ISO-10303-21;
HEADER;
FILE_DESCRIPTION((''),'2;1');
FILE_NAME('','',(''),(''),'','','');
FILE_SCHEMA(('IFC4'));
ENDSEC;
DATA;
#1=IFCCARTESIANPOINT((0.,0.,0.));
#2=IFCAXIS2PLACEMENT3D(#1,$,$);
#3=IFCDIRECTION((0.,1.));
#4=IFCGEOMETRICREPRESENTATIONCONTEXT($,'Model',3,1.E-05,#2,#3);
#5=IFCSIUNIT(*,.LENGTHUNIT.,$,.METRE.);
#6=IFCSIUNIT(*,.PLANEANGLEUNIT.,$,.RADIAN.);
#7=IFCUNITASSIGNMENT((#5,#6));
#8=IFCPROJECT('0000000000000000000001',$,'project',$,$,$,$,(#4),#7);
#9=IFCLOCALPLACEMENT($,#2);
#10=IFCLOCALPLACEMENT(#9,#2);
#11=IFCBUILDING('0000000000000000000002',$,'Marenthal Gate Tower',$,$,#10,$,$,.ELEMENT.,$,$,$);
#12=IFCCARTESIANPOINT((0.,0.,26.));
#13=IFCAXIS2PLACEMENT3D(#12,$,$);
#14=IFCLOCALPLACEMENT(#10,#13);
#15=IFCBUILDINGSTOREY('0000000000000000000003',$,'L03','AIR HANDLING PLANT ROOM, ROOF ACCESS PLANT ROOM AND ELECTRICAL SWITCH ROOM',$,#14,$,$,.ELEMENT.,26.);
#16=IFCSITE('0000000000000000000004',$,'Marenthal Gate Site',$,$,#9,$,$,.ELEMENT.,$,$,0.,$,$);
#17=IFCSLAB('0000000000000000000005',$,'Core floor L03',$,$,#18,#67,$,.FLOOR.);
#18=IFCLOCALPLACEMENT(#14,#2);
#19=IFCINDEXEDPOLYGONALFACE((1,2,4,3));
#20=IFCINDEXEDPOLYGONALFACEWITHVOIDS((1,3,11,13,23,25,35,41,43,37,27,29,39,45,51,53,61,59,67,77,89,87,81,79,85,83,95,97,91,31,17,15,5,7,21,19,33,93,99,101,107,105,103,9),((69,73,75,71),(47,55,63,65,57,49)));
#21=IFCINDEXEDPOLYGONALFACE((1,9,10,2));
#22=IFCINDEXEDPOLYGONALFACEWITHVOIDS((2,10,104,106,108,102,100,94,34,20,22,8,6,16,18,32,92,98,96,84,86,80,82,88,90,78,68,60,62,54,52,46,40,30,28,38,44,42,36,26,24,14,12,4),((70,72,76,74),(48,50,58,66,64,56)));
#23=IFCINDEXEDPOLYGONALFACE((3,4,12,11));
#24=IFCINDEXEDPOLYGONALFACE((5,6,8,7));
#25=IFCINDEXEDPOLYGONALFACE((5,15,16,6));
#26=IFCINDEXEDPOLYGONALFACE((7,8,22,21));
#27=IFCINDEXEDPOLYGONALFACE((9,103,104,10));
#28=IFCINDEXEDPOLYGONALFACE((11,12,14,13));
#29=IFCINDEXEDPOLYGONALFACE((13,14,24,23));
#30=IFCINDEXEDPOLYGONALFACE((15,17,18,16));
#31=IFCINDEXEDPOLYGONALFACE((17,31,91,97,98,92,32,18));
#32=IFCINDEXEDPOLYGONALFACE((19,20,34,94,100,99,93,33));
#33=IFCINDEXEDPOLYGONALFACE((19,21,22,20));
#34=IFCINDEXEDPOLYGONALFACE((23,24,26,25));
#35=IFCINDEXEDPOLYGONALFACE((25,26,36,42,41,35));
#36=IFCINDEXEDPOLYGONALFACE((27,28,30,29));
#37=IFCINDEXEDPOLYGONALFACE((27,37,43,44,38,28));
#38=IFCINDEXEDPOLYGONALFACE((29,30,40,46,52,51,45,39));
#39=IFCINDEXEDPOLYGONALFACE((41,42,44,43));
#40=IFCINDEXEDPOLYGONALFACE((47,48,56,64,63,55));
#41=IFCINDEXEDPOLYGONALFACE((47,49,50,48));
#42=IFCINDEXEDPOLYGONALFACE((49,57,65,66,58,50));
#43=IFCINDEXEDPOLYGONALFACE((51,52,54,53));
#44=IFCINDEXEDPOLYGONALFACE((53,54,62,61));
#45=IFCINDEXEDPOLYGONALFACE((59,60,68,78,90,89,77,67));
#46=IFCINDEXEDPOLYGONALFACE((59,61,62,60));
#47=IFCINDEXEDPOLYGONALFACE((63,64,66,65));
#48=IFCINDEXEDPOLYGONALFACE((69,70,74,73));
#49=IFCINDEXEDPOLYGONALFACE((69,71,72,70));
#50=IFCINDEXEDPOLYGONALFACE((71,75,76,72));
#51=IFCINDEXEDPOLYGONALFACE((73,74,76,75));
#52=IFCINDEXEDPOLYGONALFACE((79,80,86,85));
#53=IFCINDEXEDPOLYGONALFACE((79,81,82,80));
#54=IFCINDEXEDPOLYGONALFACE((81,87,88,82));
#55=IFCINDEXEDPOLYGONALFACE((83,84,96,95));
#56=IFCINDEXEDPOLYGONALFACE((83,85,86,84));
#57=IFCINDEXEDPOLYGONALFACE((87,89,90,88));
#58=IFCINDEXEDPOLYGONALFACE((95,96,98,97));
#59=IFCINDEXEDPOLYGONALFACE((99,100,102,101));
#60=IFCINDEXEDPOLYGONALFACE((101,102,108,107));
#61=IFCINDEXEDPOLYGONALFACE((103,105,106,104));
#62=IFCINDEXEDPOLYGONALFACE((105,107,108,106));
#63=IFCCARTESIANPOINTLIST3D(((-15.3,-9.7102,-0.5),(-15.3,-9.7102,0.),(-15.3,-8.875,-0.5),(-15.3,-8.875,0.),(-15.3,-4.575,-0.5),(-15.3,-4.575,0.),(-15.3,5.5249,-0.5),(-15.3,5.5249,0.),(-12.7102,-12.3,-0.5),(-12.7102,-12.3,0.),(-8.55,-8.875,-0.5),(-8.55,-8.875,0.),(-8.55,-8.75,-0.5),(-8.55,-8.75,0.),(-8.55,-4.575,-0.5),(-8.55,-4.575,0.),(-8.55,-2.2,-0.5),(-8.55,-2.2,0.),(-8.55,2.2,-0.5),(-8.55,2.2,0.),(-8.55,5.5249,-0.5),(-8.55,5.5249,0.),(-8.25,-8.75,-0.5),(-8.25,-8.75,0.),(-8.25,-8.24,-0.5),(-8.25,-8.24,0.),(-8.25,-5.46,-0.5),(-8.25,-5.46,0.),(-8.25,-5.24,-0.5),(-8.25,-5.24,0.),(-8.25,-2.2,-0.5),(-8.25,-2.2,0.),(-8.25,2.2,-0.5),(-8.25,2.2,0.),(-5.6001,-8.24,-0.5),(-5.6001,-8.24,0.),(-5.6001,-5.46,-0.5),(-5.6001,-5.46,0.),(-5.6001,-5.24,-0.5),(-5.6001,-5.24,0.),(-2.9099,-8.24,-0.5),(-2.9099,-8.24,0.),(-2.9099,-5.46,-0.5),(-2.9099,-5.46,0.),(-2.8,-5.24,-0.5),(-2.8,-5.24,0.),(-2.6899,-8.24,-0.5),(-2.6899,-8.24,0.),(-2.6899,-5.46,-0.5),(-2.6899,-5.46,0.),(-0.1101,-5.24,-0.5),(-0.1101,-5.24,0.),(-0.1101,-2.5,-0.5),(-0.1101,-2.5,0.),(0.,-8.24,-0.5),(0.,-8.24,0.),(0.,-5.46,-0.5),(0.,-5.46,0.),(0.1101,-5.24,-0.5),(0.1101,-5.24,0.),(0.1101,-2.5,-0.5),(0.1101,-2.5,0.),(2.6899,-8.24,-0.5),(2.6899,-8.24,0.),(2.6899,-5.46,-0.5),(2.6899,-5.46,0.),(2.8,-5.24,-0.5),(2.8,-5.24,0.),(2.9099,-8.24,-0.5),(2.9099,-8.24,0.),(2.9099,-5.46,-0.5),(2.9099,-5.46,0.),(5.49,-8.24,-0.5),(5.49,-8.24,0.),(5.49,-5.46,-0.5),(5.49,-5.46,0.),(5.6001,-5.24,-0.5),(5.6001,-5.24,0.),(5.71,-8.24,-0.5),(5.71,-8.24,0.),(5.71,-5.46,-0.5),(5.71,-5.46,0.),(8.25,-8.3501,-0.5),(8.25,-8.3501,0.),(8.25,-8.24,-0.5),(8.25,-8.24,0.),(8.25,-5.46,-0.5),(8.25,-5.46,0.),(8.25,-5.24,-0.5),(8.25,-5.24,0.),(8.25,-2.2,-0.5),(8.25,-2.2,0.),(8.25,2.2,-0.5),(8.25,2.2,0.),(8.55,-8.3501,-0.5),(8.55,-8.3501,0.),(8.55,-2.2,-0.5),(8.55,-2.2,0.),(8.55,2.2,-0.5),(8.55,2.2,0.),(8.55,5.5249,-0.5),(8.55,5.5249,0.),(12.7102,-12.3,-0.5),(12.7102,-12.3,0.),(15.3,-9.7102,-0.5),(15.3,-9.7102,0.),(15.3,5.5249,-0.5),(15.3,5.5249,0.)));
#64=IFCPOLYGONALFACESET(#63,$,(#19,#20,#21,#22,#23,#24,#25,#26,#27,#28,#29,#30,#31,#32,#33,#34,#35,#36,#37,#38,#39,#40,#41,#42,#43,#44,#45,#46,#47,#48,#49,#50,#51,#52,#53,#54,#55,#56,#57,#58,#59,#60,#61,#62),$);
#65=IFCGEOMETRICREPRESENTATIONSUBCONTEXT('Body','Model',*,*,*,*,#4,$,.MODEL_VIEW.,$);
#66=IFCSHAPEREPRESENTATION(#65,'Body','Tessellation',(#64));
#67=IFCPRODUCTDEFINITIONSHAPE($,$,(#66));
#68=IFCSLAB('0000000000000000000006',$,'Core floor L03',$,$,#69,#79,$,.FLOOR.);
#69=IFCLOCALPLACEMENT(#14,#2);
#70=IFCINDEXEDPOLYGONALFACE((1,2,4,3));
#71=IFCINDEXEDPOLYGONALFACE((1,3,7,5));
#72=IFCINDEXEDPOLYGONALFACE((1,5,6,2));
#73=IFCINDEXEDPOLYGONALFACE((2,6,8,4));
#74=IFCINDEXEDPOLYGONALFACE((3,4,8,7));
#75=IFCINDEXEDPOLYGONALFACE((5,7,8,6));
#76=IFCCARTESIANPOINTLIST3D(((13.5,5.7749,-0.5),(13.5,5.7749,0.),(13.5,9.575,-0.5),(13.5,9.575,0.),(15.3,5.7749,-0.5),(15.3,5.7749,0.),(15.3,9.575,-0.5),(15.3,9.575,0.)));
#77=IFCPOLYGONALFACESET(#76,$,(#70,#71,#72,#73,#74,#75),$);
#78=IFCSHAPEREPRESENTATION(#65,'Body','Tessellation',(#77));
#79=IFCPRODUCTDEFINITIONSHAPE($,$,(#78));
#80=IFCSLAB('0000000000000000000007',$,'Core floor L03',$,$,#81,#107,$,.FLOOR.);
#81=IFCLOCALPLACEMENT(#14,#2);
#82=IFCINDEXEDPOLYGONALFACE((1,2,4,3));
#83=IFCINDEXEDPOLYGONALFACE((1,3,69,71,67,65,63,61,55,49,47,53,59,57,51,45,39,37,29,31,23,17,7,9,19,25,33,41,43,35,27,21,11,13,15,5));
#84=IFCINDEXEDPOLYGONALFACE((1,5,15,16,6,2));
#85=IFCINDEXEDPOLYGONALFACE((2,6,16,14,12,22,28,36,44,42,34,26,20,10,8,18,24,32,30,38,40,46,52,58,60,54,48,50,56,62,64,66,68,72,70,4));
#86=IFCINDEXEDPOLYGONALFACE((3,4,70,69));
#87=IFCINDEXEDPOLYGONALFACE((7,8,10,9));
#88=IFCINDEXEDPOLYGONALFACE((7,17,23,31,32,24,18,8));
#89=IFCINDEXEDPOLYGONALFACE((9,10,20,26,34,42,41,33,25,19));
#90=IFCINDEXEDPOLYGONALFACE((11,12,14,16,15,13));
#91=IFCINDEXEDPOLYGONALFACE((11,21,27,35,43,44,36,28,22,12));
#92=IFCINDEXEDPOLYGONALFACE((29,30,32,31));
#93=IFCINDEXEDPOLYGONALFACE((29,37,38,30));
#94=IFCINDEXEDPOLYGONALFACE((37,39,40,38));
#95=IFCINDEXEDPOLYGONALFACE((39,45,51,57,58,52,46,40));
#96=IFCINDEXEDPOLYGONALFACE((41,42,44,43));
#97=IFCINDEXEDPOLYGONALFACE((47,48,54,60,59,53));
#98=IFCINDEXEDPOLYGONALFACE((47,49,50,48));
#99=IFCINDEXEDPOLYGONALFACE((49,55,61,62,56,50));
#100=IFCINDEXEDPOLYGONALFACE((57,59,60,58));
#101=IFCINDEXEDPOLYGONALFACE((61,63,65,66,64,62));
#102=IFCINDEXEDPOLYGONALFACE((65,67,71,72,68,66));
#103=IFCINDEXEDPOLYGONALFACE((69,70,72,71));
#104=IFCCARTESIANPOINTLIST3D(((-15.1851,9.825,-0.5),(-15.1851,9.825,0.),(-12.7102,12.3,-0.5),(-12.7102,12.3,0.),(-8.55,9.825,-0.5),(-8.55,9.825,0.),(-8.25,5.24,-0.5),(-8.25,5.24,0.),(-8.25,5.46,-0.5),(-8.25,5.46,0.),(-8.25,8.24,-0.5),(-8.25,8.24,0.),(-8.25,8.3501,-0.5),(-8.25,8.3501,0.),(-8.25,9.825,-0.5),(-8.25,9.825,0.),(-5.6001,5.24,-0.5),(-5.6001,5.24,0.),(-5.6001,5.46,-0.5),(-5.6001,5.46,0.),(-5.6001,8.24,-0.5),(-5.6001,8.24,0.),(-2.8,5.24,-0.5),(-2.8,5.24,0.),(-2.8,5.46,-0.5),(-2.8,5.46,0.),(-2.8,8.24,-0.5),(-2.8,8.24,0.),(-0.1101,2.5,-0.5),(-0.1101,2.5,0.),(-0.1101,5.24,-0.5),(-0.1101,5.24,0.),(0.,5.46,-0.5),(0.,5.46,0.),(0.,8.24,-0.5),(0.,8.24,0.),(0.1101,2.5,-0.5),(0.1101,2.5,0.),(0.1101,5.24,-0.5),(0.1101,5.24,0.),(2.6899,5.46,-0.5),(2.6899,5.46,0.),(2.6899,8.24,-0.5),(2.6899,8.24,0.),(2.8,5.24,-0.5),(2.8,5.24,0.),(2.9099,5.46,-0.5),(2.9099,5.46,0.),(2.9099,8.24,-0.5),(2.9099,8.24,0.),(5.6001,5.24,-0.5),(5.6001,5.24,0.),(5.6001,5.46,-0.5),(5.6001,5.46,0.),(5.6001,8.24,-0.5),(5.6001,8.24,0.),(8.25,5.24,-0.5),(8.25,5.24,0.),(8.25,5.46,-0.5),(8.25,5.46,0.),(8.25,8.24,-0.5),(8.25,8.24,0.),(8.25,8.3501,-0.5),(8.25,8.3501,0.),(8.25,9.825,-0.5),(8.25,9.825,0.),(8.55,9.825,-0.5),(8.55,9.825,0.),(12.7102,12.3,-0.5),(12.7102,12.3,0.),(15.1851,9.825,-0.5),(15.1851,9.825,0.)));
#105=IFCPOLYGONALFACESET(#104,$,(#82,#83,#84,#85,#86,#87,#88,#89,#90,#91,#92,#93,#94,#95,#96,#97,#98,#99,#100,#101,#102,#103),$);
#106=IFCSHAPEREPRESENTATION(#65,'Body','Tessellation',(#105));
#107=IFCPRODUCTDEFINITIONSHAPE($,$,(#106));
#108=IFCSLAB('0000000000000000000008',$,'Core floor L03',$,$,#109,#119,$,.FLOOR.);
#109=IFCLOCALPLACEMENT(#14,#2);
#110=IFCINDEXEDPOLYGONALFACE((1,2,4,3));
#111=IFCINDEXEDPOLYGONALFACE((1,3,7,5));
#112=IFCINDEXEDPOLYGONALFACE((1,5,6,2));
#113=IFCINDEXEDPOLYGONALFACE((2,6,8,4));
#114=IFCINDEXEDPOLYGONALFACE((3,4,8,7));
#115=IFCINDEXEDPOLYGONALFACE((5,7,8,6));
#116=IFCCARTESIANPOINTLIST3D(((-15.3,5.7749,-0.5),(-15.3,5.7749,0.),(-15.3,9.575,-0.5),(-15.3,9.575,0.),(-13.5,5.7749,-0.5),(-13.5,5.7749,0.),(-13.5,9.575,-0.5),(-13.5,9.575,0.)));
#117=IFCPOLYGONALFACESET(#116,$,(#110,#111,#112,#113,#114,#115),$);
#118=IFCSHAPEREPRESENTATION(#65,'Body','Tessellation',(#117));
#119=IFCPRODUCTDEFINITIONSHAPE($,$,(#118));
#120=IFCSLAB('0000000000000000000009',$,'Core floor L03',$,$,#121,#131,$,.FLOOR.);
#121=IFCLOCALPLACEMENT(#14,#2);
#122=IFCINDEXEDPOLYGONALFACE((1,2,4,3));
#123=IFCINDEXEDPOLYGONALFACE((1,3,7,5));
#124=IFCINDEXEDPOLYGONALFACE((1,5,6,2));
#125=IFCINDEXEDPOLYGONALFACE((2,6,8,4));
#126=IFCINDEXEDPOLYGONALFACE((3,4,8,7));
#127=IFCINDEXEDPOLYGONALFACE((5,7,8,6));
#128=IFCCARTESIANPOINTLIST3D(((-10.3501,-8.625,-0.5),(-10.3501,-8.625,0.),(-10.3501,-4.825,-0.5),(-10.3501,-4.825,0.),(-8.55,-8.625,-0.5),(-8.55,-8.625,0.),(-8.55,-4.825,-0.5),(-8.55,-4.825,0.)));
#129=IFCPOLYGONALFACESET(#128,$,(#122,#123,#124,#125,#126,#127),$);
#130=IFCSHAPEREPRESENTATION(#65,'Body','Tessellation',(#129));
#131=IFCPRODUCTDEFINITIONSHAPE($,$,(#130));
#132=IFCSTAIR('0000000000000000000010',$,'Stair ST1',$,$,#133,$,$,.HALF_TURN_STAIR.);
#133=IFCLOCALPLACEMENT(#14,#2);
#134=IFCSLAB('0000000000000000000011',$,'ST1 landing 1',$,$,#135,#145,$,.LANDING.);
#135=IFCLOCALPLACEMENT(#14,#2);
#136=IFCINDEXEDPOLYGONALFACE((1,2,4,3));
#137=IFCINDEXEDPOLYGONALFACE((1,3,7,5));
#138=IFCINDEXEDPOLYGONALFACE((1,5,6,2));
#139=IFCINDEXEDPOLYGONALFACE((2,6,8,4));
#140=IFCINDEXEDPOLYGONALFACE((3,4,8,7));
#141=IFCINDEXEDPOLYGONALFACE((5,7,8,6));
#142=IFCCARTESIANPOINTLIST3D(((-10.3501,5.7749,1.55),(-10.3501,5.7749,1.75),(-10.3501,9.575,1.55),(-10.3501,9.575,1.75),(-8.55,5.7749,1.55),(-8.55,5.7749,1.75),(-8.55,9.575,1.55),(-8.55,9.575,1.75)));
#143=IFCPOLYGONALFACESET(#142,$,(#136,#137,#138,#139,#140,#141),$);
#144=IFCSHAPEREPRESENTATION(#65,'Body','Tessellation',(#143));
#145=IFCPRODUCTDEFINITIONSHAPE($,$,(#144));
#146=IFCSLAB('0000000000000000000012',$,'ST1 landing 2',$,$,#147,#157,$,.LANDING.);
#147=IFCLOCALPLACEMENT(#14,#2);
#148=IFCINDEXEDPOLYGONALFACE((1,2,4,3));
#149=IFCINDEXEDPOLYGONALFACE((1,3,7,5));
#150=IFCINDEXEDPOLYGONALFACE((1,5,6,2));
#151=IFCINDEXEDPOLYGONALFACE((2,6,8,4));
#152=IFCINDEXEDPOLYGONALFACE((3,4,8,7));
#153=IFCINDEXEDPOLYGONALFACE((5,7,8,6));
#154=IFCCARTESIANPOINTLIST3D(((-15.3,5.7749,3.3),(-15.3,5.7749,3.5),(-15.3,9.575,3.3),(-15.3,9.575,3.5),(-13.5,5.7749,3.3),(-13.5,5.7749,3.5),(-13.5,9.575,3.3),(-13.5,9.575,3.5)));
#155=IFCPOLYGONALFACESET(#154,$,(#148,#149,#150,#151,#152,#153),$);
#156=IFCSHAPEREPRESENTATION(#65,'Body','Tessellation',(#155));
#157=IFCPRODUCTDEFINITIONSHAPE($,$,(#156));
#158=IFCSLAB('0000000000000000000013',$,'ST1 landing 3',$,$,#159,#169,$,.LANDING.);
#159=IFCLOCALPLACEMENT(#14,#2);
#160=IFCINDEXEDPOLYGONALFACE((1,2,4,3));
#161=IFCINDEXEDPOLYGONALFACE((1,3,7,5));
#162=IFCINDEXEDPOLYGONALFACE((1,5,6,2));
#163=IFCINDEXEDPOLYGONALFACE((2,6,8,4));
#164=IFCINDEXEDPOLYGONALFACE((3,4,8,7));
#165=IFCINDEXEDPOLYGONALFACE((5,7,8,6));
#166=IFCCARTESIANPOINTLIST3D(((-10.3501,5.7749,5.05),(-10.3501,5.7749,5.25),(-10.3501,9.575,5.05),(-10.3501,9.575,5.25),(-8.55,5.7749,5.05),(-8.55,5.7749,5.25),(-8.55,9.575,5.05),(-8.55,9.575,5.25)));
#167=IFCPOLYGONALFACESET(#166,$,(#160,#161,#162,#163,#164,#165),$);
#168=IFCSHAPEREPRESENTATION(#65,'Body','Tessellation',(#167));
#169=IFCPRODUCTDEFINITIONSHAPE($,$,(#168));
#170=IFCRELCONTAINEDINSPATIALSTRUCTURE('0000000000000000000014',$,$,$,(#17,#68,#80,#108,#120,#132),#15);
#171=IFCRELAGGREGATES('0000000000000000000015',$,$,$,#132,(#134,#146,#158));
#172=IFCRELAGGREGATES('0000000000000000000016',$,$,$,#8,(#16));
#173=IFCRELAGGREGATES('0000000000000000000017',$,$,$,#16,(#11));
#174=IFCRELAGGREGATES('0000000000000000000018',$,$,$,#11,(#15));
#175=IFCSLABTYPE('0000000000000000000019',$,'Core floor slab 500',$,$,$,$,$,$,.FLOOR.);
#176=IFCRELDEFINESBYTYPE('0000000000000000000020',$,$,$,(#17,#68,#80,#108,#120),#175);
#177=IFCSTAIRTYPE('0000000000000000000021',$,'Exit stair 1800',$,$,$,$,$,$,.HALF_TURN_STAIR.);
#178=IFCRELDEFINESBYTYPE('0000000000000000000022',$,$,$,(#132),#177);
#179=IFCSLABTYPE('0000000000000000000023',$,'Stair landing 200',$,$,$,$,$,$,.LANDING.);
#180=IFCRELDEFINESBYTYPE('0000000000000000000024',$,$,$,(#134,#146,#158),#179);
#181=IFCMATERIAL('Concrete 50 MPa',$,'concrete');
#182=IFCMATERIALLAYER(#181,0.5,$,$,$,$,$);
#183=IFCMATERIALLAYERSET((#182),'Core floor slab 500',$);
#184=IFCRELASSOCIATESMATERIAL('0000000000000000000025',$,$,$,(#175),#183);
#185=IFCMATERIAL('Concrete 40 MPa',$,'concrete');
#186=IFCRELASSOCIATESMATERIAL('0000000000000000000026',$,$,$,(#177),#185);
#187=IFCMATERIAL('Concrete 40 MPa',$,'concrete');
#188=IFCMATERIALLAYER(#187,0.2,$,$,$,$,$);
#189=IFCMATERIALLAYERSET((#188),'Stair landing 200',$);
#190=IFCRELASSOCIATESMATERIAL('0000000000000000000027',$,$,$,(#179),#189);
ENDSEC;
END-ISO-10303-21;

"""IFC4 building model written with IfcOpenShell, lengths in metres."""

from ifc_helpers import new_model, si_unit, direction, frame, origin, place, context, subcontext, project, spatial, polyline, outline, extrude, material, layer, layer_set, type_object, element, aggregate, save


model = new_model("IFC4")

# Units and contexts
model_context = context("Model", 3, precision=1e-05, world=origin(), true_north=direction((0.0, 1.0)))
body_context = subcontext(model_context, "Body", "Model", "MODEL_VIEW")
ifc_project = project(units=[si_unit("LENGTHUNIT", "METRE"), si_unit("PLANEANGLEUNIT", "RADIAN")], contexts=[model_context])

# Site, building, storey
site_placement = place(None, origin())
site = spatial("IfcSite", under=ifc_project, at=site_placement, Name="Marenthal Gate Site", CompositionType="ELEMENT", RefElevation=0.0)
building_placement = place(site_placement, origin())
building = spatial("IfcBuilding", under=site, at=building_placement, Name="Marenthal Gate Tower", CompositionType="ELEMENT")
storey_placement = place(building_placement, frame((0.0, 0.0, 26.0)))
storey = spatial("IfcBuildingStorey", under=building, at=storey_placement, Name="L03", Description="AIR HANDLING PLANT ROOM, ROOF ACCESS PLANT ROOM AND ELECTRICAL SWITCH ROOM", CompositionType="ELEMENT", Elevation=26.0)

# Slabs
ifc_material_1 = material(Name="Concrete 50 MPa", Category="concrete")
ifc_layer_1 = layer(ifc_material_1, 0.5)
ifc_layer_set_1 = layer_set([ifc_layer_1], Name="Core floor slab 500")
slab_type_1 = type_object("IfcSlabType", Name="Core floor slab 500", PredefinedType="FLOOR", material=ifc_layer_set_1)
slab_1_placement = place(storey_placement, frame((0.0, 0.0, -0.5)))
element("IfcSlab", 1, at=slab_1_placement, inside=storey, type_object=slab_type_1, Name="Core floor L03", PredefinedType="FLOOR", context=body_context, shape_type="SweptSolid", body=[
    extrude(outline(polyline([(15.3, -9.7102), (12.7102, -12.3), (-12.7102, -12.3), (-15.3, -9.7102), (-15.3, -8.875), (-8.55, -8.875), (-8.55, -8.75), (-8.25, -8.75), (-8.25, -8.24), (-5.6001, -8.24), (-2.9099, -8.24), (-2.9099, -5.46), (-5.6001, -5.46), (-8.25, -5.46), (-8.25, -5.24), (-5.6001, -5.24), (-2.8, -5.24), (-0.1101, -5.24), (-0.1101, -2.5), (0.1101, -2.5), (0.1101, -5.24), (2.8, -5.24), (5.6001, -5.24), (8.25, -5.24), (8.25, -5.46), (5.71, -5.46), (5.71, -8.24), (8.25, -8.24), (8.25, -8.3501), (8.55, -8.3501), (8.55, -2.2), (8.25, -2.2), (-8.25, -2.2), (-8.55, -2.2), (-8.55, -4.575), (-15.3, -4.575), (-15.3, 5.5249), (-8.55, 5.5249), (-8.55, 2.2), (-8.25, 2.2), (8.25, 2.2), (8.55, 2.2), (8.55, 5.5249), (15.3, 5.5249), (15.3, -9.7102)]), holes=[polyline([(2.9099, -8.24), (5.49, -8.24), (5.49, -5.46), (2.9099, -5.46), (2.9099, -8.24)]), polyline([(-2.6899, -5.46), (-2.6899, -8.24), (0.0, -8.24), (2.6899, -8.24), (2.6899, -5.46), (0.0, -5.46), (-2.6899, -5.46)])]), origin(), (0.0, 0.0, 1.0), 0.5),
])
slab_2_placement = place(storey_placement, frame((0.0, 0.0, -0.5)))
element("IfcSlab", 2, at=slab_2_placement, inside=storey, type_object=slab_type_1, Name="Core floor L03", PredefinedType="FLOOR", context=body_context, shape_type="SweptSolid", body=[
    extrude(outline(polyline([(15.3, 5.7749), (13.5, 5.7749), (13.5, 9.575), (15.3, 9.575), (15.3, 5.7749)])), origin(), (0.0, 0.0, 1.0), 0.5),
])
slab_3_placement = place(storey_placement, frame((0.0, 0.0, -0.5)))
element("IfcSlab", 3, at=slab_3_placement, inside=storey, type_object=slab_type_1, Name="Core floor L03", PredefinedType="FLOOR", context=body_context, shape_type="SweptSolid", body=[
    extrude(outline(polyline([(12.7102, 12.3), (15.1851, 9.825), (8.55, 9.825), (8.25, 9.825), (8.25, 8.3501), (8.25, 8.24), (5.6001, 8.24), (2.9099, 8.24), (2.9099, 5.46), (5.6001, 5.46), (8.25, 5.46), (8.25, 5.24), (5.6001, 5.24), (2.8, 5.24), (0.1101, 5.24), (0.1101, 2.5), (-0.1101, 2.5), (-0.1101, 5.24), (-2.8, 5.24), (-5.6001, 5.24), (-8.25, 5.24), (-8.25, 5.46), (-5.6001, 5.46), (-2.8, 5.46), (0.0, 5.46), (2.6899, 5.46), (2.6899, 8.24), (0.0, 8.24), (-2.8, 8.24), (-5.6001, 8.24), (-8.25, 8.24), (-8.25, 8.3501), (-8.25, 9.825), (-8.55, 9.825), (-15.1851, 9.825), (-12.7102, 12.3), (12.7102, 12.3)])), origin(), (0.0, 0.0, 1.0), 0.5),
])
slab_4_placement = place(storey_placement, frame((0.0, 0.0, -0.5)))
element("IfcSlab", 4, at=slab_4_placement, inside=storey, type_object=slab_type_1, Name="Core floor L03", PredefinedType="FLOOR", context=body_context, shape_type="SweptSolid", body=[
    extrude(outline(polyline([(-15.3, 9.575), (-13.5, 9.575), (-13.5, 5.7749), (-15.3, 5.7749), (-15.3, 9.575)])), origin(), (0.0, 0.0, 1.0), 0.5),
])
slab_5_placement = place(storey_placement, frame((0.0, 0.0, -0.5)))
element("IfcSlab", 5, at=slab_5_placement, inside=storey, type_object=slab_type_1, Name="Core floor L03", PredefinedType="FLOOR", context=body_context, shape_type="SweptSolid", body=[
    extrude(outline(polyline([(-10.3501, -8.625), (-10.3501, -4.825), (-8.55, -4.825), (-8.55, -8.625), (-10.3501, -8.625)])), origin(), (0.0, 0.0, 1.0), 0.5),
])

# Stair, slabs
ifc_material_2 = material(Name="Concrete 40 MPa", Category="concrete")
stair_type = type_object("IfcStairType", Name="Exit stair 1800", PredefinedType="HALF_TURN_STAIR", material=ifc_material_2)
stair_1_placement = place(storey_placement, origin())
stair_1 = element("IfcStair", 6, at=stair_1_placement, inside=storey, type_object=stair_type, Name="Stair ST1", PredefinedType="HALF_TURN_STAIR")
ifc_material_3 = material(Name="Concrete 40 MPa", Category="concrete")
ifc_layer_2 = layer(ifc_material_3, 0.2)
ifc_layer_set_2 = layer_set([ifc_layer_2], Name="Stair landing 200")
slab_type_2 = type_object("IfcSlabType", Name="Stair landing 200", PredefinedType="LANDING", material=ifc_layer_set_2)
slab_6_placement = place(storey_placement, frame((0.0, 0.0, 1.55)))
slab_6 = element("IfcSlab", 7, at=slab_6_placement, type_object=slab_type_2, Name="ST1 landing 1", PredefinedType="LANDING", context=body_context, shape_type="SweptSolid", body=[
    extrude(outline(polyline([(-10.3501, 5.7749), (-8.55, 5.7749), (-8.55, 9.575), (-10.3501, 9.575), (-10.3501, 5.7749)])), origin(), (0.0, 0.0, 1.0), 0.2),
])
slab_7_placement = place(storey_placement, frame((0.0, 0.0, 3.3)))
slab_7 = element("IfcSlab", 8, at=slab_7_placement, type_object=slab_type_2, Name="ST1 landing 2", PredefinedType="LANDING", context=body_context, shape_type="SweptSolid", body=[
    extrude(outline(polyline([(-15.3, 5.7749), (-13.5, 5.7749), (-13.5, 9.575), (-15.3, 9.575), (-15.3, 5.7749)])), origin(), (0.0, 0.0, 1.0), 0.2),
])
slab_8_placement = place(storey_placement, frame((0.0, 0.0, 5.05)))
slab_8 = element("IfcSlab", 9, at=slab_8_placement, type_object=slab_type_2, Name="ST1 landing 3", PredefinedType="LANDING", context=body_context, shape_type="SweptSolid", body=[
    extrude(outline(polyline([(-10.3501, 5.7749), (-8.55, 5.7749), (-8.55, 9.575), (-10.3501, 9.575), (-10.3501, 5.7749)])), origin(), (0.0, 0.0, 1.0), 0.2),
])
aggregate(stair_1, [slab_6, slab_7, slab_8])

save(model, "model.ifc")
